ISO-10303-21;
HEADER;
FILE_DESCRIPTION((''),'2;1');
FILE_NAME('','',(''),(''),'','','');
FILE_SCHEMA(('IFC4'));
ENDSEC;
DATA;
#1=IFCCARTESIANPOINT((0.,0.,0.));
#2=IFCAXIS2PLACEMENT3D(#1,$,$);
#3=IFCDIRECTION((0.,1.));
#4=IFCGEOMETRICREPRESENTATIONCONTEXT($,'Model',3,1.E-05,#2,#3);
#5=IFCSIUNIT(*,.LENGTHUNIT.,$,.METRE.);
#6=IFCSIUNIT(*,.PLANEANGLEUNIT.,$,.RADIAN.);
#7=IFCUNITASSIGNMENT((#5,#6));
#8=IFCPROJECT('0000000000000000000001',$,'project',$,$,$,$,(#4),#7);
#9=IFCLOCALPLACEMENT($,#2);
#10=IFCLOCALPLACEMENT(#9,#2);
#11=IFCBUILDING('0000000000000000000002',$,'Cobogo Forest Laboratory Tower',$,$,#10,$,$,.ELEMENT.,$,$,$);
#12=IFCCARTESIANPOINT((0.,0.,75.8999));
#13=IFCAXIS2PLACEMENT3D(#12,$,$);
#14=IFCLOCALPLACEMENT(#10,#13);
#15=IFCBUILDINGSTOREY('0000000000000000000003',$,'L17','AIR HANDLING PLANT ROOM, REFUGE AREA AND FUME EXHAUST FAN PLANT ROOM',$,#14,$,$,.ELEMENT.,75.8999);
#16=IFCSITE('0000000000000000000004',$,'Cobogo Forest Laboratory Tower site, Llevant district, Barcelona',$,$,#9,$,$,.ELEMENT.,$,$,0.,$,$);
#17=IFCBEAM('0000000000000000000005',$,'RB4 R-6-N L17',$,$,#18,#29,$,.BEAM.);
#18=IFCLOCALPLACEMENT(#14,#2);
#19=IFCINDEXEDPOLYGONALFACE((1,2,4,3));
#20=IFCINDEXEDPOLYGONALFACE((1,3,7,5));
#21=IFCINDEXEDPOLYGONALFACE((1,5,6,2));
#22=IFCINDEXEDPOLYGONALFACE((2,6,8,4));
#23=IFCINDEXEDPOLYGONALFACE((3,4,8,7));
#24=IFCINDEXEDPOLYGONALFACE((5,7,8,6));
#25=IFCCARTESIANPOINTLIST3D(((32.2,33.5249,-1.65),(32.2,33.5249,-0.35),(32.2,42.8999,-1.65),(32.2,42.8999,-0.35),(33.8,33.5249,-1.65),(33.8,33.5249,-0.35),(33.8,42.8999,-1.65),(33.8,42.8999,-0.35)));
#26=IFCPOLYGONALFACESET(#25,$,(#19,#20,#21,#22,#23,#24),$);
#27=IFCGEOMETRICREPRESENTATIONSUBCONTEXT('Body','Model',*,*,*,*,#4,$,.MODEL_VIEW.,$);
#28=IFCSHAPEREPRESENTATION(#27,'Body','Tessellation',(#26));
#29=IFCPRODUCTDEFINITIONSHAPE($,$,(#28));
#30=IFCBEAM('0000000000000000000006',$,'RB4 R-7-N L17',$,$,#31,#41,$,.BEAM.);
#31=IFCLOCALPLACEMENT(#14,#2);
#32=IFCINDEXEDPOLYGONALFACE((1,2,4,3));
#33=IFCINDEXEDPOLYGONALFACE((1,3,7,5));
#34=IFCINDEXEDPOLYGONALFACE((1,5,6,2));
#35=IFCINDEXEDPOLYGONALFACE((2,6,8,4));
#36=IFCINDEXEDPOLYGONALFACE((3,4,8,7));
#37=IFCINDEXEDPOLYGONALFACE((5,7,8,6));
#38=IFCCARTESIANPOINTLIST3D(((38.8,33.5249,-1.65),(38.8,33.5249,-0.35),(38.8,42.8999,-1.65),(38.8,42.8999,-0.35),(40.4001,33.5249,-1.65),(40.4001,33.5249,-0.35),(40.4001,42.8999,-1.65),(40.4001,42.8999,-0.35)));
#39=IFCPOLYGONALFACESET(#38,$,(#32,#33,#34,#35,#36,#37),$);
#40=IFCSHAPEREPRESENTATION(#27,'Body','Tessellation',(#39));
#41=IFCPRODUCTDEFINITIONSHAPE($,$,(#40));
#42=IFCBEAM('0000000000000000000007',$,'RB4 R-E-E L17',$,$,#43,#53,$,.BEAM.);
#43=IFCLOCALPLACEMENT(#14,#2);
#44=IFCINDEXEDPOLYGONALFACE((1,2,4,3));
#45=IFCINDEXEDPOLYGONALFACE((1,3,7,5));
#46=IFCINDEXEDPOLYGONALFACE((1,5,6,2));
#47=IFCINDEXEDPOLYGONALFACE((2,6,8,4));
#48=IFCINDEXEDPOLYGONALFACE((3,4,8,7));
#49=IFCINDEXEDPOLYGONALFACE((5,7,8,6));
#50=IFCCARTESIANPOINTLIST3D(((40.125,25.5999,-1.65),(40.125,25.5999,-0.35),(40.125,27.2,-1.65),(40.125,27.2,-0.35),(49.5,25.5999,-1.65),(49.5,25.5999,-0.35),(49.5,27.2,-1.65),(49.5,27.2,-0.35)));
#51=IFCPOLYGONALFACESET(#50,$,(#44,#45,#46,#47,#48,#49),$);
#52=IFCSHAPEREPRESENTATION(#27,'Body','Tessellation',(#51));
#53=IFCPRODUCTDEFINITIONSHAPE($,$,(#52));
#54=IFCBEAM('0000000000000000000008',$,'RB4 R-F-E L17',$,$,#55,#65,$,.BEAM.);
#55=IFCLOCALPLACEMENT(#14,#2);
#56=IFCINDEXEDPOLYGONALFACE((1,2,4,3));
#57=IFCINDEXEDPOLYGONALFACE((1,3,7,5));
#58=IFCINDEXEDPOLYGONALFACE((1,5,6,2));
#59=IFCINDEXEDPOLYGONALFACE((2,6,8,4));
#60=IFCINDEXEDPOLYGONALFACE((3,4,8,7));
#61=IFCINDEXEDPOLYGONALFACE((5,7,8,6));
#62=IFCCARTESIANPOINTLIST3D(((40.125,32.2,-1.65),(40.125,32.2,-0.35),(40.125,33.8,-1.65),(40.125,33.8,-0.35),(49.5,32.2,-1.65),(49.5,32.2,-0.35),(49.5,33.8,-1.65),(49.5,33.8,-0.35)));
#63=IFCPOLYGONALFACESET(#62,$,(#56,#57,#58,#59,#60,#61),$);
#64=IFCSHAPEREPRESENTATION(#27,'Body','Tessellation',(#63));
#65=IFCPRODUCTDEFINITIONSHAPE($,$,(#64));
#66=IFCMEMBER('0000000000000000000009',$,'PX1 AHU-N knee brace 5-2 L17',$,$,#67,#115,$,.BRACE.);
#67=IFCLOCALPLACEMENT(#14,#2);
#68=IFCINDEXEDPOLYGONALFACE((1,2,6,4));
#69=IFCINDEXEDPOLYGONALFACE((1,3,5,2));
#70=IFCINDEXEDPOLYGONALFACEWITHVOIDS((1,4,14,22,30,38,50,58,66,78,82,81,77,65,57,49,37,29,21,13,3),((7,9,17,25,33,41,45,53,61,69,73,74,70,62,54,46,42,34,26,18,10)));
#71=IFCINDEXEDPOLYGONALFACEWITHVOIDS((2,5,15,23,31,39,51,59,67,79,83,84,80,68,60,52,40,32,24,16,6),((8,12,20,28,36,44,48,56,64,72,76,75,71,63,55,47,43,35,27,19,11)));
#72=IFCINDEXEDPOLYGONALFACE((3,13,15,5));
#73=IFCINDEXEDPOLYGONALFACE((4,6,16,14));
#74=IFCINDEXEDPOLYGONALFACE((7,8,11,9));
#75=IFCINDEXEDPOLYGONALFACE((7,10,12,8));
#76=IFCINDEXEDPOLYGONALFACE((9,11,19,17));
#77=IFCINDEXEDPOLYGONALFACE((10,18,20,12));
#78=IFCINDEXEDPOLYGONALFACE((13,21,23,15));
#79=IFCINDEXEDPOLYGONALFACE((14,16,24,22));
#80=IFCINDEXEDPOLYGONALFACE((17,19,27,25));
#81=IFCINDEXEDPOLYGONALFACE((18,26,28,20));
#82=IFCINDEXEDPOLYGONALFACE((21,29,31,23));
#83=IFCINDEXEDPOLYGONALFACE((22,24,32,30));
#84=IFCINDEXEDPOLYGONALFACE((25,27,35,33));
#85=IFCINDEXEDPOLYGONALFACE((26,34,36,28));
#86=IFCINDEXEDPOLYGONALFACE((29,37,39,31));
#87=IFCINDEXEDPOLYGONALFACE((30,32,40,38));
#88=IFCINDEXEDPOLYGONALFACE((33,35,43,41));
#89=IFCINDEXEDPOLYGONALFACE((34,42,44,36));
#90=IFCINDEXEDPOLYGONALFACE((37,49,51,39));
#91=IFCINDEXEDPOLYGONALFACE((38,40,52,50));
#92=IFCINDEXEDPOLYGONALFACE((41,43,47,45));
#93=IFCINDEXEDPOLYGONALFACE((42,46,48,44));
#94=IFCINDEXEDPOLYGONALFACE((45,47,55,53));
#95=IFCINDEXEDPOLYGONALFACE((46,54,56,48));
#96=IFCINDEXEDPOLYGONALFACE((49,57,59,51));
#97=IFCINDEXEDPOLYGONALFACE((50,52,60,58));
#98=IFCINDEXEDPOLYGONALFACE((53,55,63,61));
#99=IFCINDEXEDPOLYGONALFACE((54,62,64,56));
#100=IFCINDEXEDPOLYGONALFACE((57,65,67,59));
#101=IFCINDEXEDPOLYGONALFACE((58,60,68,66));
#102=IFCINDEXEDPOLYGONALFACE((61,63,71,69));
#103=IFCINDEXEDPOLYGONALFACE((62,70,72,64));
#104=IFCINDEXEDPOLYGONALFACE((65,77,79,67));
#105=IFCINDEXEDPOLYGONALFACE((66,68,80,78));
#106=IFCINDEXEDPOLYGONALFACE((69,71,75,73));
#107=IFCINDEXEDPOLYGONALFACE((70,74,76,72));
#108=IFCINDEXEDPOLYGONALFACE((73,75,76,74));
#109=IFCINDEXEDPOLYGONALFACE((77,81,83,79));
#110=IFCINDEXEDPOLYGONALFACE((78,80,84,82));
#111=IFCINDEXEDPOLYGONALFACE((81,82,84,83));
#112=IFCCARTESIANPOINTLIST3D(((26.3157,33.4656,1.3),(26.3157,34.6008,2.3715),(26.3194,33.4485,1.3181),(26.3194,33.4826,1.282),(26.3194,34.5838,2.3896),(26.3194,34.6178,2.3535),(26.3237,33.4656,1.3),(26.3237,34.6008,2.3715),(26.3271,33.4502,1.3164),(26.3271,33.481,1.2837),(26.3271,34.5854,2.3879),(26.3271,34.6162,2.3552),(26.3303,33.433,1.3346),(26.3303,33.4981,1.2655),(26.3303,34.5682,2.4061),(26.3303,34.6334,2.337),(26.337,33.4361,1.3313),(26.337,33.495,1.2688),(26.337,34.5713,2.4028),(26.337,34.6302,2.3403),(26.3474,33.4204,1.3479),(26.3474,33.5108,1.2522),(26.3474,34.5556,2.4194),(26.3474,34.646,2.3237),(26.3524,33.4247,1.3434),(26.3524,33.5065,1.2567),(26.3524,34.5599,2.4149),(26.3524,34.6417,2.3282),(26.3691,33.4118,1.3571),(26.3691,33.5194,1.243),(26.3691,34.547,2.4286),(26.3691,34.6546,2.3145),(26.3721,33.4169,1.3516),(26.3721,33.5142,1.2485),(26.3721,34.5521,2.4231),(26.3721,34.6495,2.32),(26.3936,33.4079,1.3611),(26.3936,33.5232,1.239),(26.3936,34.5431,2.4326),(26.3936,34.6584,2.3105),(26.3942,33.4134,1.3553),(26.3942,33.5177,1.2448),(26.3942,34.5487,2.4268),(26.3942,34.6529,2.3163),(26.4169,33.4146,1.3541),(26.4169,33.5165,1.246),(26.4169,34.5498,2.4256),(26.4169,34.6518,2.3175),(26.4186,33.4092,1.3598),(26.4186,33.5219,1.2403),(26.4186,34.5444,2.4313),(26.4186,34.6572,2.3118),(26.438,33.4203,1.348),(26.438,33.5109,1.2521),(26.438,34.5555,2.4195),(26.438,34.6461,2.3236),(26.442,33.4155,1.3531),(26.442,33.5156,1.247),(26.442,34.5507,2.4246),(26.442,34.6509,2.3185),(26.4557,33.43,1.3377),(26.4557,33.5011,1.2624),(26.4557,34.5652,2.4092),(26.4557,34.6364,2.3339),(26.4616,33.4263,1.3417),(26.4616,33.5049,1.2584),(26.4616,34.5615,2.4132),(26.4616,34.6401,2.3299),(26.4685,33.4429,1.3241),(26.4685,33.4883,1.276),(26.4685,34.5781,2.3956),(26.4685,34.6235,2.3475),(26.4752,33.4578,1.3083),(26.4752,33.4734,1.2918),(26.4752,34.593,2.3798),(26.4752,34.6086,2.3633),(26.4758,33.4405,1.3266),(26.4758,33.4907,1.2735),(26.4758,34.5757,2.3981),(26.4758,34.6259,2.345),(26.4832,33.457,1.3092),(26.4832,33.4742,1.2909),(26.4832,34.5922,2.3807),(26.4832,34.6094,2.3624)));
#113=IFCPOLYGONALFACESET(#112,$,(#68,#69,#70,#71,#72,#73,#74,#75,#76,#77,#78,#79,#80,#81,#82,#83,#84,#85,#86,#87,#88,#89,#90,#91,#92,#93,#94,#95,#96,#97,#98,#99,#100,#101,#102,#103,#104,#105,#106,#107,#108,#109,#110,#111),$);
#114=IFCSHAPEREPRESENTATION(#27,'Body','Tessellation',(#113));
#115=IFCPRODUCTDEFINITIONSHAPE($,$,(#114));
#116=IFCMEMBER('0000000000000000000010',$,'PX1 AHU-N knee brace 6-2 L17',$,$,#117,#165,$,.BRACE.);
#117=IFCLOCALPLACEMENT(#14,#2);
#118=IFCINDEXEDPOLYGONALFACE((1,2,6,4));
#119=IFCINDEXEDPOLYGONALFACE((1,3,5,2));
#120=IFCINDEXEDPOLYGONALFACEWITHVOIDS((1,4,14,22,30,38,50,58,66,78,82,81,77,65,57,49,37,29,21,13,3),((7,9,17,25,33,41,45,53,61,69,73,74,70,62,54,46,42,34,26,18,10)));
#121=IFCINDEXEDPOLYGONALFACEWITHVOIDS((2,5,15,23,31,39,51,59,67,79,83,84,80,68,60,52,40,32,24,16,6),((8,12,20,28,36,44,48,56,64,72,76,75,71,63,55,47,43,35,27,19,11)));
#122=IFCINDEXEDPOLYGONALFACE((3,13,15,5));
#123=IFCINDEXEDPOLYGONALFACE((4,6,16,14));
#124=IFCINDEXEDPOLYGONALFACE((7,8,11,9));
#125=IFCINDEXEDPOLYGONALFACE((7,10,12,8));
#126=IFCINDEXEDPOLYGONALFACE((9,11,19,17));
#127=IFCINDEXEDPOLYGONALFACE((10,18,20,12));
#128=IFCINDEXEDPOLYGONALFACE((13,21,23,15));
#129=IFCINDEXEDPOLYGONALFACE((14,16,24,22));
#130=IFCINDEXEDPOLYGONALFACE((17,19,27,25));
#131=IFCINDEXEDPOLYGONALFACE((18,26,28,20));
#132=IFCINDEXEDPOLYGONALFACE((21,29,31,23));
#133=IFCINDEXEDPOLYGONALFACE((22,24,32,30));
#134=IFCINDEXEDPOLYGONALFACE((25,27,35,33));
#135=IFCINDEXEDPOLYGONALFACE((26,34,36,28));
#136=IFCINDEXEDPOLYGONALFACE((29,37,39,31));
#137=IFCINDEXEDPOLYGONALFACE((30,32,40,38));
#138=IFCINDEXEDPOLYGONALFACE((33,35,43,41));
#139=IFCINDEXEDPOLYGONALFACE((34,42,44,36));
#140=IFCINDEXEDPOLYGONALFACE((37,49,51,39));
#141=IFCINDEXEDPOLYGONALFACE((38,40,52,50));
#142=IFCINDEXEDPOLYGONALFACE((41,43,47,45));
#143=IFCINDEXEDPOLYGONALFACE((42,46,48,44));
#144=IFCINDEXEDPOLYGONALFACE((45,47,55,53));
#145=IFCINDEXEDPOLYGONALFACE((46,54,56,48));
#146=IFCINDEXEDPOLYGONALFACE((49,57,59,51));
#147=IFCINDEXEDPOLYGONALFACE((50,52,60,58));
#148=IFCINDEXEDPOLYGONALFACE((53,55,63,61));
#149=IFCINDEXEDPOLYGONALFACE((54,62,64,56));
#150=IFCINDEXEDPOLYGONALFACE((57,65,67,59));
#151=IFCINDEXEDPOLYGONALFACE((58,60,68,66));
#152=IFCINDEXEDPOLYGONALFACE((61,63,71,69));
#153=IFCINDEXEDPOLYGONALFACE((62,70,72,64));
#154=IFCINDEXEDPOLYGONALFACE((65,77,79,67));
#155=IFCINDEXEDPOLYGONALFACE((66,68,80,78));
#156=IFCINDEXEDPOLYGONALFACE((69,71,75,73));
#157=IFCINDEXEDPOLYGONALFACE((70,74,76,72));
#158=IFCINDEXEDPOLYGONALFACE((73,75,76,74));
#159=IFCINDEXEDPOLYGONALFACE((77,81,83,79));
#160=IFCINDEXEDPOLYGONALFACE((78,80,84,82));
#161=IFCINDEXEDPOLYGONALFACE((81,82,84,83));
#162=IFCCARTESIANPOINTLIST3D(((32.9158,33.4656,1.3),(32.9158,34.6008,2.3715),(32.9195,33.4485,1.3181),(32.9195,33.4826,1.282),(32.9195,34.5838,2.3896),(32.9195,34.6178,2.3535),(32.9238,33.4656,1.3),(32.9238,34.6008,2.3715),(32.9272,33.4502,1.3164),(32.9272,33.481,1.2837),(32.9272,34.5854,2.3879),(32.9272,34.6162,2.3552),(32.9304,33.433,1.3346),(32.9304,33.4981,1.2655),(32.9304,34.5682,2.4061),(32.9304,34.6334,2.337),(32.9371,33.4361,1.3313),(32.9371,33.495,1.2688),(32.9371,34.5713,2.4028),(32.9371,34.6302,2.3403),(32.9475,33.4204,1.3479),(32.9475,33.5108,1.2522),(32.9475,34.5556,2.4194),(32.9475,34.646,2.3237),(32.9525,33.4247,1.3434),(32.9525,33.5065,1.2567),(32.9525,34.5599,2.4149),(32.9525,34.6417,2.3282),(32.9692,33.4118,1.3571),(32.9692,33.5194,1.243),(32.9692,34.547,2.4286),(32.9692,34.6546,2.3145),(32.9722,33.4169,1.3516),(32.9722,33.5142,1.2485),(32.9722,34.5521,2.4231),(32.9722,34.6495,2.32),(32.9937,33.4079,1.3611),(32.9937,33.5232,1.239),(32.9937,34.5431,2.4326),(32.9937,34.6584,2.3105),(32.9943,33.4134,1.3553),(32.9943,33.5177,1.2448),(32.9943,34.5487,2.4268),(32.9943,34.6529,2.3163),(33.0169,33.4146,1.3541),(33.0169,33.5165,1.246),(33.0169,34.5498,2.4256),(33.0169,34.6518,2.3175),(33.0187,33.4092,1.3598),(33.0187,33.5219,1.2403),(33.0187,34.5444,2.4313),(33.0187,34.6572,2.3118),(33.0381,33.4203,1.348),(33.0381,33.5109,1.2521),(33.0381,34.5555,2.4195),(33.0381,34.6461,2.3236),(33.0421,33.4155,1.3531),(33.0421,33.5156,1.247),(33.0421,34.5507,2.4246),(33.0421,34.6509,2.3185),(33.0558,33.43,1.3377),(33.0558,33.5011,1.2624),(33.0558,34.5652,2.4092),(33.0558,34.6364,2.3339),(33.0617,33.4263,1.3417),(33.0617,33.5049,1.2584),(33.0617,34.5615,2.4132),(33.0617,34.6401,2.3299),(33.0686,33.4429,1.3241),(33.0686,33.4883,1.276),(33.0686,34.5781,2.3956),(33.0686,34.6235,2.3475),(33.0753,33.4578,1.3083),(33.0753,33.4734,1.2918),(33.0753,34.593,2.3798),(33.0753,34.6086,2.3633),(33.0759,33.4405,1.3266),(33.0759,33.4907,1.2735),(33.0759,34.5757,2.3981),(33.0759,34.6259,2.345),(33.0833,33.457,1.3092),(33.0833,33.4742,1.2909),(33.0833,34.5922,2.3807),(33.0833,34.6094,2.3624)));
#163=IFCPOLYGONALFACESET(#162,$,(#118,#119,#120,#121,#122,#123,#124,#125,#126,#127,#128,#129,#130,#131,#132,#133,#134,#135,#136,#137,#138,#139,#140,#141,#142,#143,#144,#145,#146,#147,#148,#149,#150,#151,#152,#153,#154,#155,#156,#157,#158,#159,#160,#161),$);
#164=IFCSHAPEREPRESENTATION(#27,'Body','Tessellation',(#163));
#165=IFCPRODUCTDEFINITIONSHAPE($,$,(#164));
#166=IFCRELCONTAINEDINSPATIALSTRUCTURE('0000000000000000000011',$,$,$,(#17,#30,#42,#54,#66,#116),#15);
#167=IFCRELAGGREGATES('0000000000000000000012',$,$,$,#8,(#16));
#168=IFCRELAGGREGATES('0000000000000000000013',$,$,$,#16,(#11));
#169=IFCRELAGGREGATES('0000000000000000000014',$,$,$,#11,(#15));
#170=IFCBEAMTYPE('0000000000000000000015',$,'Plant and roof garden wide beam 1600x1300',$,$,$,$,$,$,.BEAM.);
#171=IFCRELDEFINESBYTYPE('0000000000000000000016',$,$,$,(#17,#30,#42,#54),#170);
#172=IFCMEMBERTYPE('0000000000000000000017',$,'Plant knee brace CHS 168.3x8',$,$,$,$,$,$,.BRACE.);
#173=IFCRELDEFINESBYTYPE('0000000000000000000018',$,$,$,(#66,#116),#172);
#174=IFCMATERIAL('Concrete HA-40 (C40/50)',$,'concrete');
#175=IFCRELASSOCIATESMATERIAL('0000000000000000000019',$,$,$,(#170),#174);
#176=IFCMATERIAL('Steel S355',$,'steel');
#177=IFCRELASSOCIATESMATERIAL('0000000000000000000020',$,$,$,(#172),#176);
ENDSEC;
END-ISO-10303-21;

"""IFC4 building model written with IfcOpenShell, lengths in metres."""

from ifc_helpers import new_model, si_unit, direction, frame, origin, origin_2d, place, context, subcontext, project, spatial, rectangle, hollow_circle, extrude, material, material_profile, profile_set, type_object, element, save


model = new_model("IFC4")

# Units and contexts
model_context = context("Model", 3, precision=1e-05, world=origin(), true_north=direction((0.0, 1.0)))
body_context = subcontext(model_context, "Body", "Model", "MODEL_VIEW")
ifc_project = project(units=[si_unit("LENGTHUNIT", "METRE"), si_unit("PLANEANGLEUNIT", "RADIAN")], contexts=[model_context])

# Site, building, storey
site_placement = place(None, origin())
site = spatial("IfcSite", under=ifc_project, at=site_placement, Name="Cobogo Forest Laboratory Tower site, Llevant district, Barcelona", CompositionType="ELEMENT", RefElevation=0.0)
building_placement = place(site_placement, origin())
building = spatial("IfcBuilding", under=site, at=building_placement, Name="Cobogo Forest Laboratory Tower", CompositionType="ELEMENT")
storey_placement = place(building_placement, frame((0.0, 0.0, 75.8999)))
storey = spatial("IfcBuildingStorey", under=building, at=storey_placement, Name="L17", Description="AIR HANDLING PLANT ROOM, REFUGE AREA AND FUME EXHAUST FAN PLANT ROOM", CompositionType="ELEMENT", Elevation=75.8999)

# Beams
ifc_material_1 = material(Name="Concrete HA-40 (C40/50)", Category="concrete")
ifc_material_profile_1 = material_profile(ifc_material_1, rectangle(XDim=1.6001, YDim=1.3, at=origin_2d()), Name="RC 1600x1300")
ifc_profile_set_1 = profile_set([ifc_material_profile_1], Name="Concrete HA-40 (C40/50)")
beam_type_1 = type_object("IfcBeamType", Name="Plant and roof garden wide beam 1600x1300", PredefinedType="BEAM", material=ifc_profile_set_1)
for number, where, z_axis, x_axis, name in (
    (1, (33.0, 33.5249, -1.0), (0.0, 1.0, 0.0), (-1.0, 0.0, 0.0), "RB4 R-6-N L17"),
    (2, (39.6001, 33.5249, -1.0), (0.0, 1.0, 0.0), (-1.0, 0.0, 0.0), "RB4 R-7-N L17"),
    (3, (40.125, 26.3999, -1.0), (1.0, 0.0, 0.0), (0.0, 1.0, 0.0), "RB4 R-E-E L17"),
    (4, (40.125, 33.0, -1.0), (1.0, 0.0, 0.0), (0.0, 1.0, 0.0), "RB4 R-F-E L17"),
):
    element("IfcBeam", number, at=place(storey_placement, frame(where, z_axis=z_axis, x_axis=x_axis)), inside=storey, type_object=beam_type_1, Name=name, PredefinedType="BEAM", context=body_context, shape_type="SweptSolid", body=[
        extrude(rectangle(XDim=1.6001, YDim=1.3, at=origin_2d()), origin(), (0.0, 0.0, 1.0), 9.375),
    ])

# Members
ifc_material_2 = material(Name="Steel S355", Category="steel")
ifc_material_profile_2 = material_profile(ifc_material_2, hollow_circle(Radius=0.0842, WallThickness=0.0081, at=origin_2d()), Name="CHS 168.3x8")
ifc_profile_set_2 = profile_set([ifc_material_profile_2], Name="Steel S355")
member_type = type_object("IfcMemberType", Name="Plant knee brace CHS 168.3x8", PredefinedType="BRACE", material=ifc_profile_set_2)
for number, where, z_axis, x_axis, name in (
    (5, (26.3999, 33.4656, 1.3), (0.0, 0.727221, 0.686403), (-1.0, 0.0, 0.0), "PX1 AHU-N knee brace 5-2 L17"),
    (6, (33.0, 33.4656, 1.3), (0.0, 0.727221, 0.686403), (-1.0, 0.0, 0.0), "PX1 AHU-N knee brace 6-2 L17"),
):
    element("IfcMember", number, at=place(storey_placement, frame(where, z_axis=z_axis, x_axis=x_axis)), inside=storey, type_object=member_type, Name=name, PredefinedType="BRACE", context=body_context, shape_type="SweptSolid", body=[
        extrude(hollow_circle(Radius=0.0842, WallThickness=0.0081, at=origin_2d()), origin(), (0.0, 0.0, 1.0), 1.561),
    ])

save(model, "model.ifc")
